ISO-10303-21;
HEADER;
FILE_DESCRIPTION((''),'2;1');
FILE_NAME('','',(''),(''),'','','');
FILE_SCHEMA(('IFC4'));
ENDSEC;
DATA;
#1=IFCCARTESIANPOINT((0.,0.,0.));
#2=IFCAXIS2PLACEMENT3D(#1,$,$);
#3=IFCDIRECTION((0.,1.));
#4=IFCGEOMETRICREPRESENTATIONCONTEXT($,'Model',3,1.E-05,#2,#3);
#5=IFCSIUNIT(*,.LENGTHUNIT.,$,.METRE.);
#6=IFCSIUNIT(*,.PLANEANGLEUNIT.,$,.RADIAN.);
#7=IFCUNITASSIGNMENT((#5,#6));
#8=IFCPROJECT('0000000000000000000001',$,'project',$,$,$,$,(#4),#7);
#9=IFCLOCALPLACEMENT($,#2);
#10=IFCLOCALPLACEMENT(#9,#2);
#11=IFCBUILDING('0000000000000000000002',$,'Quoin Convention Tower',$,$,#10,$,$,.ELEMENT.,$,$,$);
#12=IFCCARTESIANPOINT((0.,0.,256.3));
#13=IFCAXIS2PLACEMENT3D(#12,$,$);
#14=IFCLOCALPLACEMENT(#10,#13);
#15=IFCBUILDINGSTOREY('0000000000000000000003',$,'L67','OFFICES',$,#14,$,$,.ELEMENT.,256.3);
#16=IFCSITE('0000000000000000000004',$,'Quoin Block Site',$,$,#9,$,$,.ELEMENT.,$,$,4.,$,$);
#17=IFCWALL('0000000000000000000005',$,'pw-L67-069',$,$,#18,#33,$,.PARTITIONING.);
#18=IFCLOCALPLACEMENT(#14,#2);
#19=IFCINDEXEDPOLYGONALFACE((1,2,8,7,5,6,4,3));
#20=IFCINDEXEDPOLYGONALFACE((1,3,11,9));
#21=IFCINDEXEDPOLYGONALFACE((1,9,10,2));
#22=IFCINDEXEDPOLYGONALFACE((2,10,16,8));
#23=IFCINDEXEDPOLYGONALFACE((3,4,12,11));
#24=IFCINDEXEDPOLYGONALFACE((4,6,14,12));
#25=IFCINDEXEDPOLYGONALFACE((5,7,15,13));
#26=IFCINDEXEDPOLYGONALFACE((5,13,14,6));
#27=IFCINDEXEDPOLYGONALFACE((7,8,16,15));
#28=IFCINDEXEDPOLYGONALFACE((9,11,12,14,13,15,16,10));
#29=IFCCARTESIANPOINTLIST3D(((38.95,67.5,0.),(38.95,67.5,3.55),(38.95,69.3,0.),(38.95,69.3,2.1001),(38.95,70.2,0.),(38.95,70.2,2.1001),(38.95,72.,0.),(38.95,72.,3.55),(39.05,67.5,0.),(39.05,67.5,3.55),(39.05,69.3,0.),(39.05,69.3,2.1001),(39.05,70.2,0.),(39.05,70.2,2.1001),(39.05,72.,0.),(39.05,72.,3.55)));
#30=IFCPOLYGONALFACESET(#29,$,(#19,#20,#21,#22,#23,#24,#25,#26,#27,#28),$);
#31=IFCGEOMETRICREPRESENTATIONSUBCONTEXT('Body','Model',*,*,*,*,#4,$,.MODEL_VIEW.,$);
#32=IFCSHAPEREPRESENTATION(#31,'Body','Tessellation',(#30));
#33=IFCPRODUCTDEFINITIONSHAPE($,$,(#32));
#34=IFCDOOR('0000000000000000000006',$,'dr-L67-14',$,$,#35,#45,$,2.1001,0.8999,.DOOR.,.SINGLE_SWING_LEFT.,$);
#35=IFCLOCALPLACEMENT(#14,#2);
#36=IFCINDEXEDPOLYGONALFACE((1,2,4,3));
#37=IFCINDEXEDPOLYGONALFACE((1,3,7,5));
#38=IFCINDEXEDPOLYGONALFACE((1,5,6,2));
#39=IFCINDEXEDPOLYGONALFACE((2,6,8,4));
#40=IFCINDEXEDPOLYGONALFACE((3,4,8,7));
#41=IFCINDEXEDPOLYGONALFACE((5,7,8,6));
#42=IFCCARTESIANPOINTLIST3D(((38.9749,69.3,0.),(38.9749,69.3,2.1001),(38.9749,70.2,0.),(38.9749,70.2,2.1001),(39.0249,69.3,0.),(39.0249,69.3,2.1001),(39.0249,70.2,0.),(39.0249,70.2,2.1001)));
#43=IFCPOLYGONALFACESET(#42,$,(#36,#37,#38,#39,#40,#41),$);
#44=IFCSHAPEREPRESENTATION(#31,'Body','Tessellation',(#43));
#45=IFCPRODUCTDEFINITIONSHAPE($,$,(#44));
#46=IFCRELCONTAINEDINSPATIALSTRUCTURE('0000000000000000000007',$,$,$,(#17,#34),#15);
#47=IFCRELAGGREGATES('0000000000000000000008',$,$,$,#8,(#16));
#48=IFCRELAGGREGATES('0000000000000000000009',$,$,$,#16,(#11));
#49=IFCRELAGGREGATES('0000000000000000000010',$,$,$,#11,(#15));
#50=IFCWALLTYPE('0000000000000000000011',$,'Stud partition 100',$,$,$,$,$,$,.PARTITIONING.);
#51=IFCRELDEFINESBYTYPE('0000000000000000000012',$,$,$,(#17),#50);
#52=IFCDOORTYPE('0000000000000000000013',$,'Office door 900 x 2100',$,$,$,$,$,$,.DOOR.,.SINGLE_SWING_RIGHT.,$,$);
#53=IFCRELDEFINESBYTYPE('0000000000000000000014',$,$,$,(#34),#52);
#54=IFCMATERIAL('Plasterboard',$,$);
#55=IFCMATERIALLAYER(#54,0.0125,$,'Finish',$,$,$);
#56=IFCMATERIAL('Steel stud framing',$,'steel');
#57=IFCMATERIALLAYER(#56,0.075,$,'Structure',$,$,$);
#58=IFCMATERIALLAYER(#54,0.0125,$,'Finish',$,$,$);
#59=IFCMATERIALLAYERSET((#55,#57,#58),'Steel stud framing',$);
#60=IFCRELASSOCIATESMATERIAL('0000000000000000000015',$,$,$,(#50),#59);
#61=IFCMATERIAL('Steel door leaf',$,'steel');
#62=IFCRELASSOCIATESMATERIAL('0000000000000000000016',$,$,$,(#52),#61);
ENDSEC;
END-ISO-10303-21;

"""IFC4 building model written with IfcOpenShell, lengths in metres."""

from ifc_helpers import new_model, si_unit, direction, frame, frame_2d, origin, place, context, subcontext, project, spatial, rectangle, extrude, material, layer, layer_set, type_object, element, fill, save


model = new_model("IFC4")

# Units and contexts
model_context = context("Model", 3, precision=1e-05, world=origin(), true_north=direction((0.0, 1.0)))
body_context = subcontext(model_context, "Body", "Model", "MODEL_VIEW")
ifc_project = project(units=[si_unit("LENGTHUNIT", "METRE"), si_unit("PLANEANGLEUNIT", "RADIAN")], contexts=[model_context])

# Site, building, storey
site_placement = place(None, origin())
site = spatial("IfcSite", under=ifc_project, at=site_placement, Name="Quoin Block Site", CompositionType="ELEMENT", RefElevation=4.0)
building_placement = place(site_placement, origin())
building = spatial("IfcBuilding", under=site, at=building_placement, Name="Quoin Convention Tower", CompositionType="ELEMENT")
storey_placement = place(building_placement, frame((0.0, 0.0, 256.3)))
storey = spatial("IfcBuildingStorey", under=building, at=storey_placement, Name="L67", Description="OFFICES", CompositionType="ELEMENT", Elevation=256.3)

# Shared definitions
ifc_material_1 = material(Name="Plasterboard")
ifc_material_2 = material(Name="Steel stud framing", Category="steel")
ifc_material_3 = material(Name="Steel door leaf", Category="steel")

# Shared definitions
ifc_layer_1 = layer(ifc_material_1, 0.0125, Name="Finish")
ifc_layer_2 = layer(ifc_material_2, 0.075, Name="Structure")
ifc_layer_3 = layer(ifc_material_1, 0.0125, Name="Finish")
ifc_layer_set_1 = layer_set([ifc_layer_1, ifc_layer_2, ifc_layer_3], Name="Steel stud framing")
wall_type_1 = type_object("IfcWallType", Name="Stud partition 100", PredefinedType="PARTITIONING", material=ifc_layer_set_1)

# Wall, opening, door
door_type_1 = type_object("IfcDoorType", Name="Office door 900 x 2100", OperationType="SINGLE_SWING_RIGHT", PredefinedType="DOOR", material=ifc_material_3)
wall_1_placement = place(storey_placement, frame((39.0, 67.5, 0.0), z_axis=(0.0, 0.0, 1.0), x_axis=(0.0, 1.0, 0.0)))
wall_1 = element("IfcWall", 1, at=wall_1_placement, inside=storey, type_object=wall_type_1, Name="pw-L67-069", PredefinedType="PARTITIONING", context=body_context, shape_type="SweptSolid", body=[
    extrude(rectangle(XDim=4.5, YDim=0.1001, at=frame_2d((2.25, 0.0))), origin(), (0.0, 0.0, 1.0), 3.55),
])
opening_1_placement = place(wall_1_placement, frame((1.8, 0.0, 0.0)))
opening_1 = element("IfcOpeningElement", 2, at=opening_1_placement, cuts=wall_1, PredefinedType="OPENING", context=body_context, shape_type="SweptSolid", body=[
    extrude(rectangle(XDim=0.8999, YDim=2.1001, at=frame_2d((0.45, 1.05))), frame((0.0, 0.0601, 0.0), z_axis=(0.0, -1.0, 0.0), x_axis=(1.0, 0.0, 0.0)), (0.0, 0.0, 1.0), 0.1201),
])
door_1_placement = place(opening_1_placement, frame((0.8999, 0.0, 0.0), z_axis=(0.0, 0.0, 1.0), x_axis=(-1.0, 0.0, 0.0)))
door_1 = element("IfcDoor", 3, at=door_1_placement, inside=storey, type_object=door_type_1, Name="dr-L67-14", OperationType="SINGLE_SWING_LEFT", OverallHeight=2.1001, OverallWidth=0.8999, PredefinedType="DOOR", context=body_context, shape_type="SweptSolid", body=[
    extrude(rectangle(XDim=0.8999, YDim=2.1001, at=frame_2d((0.45, 1.05))), frame((0.0, 0.0249, 0.0), z_axis=(0.0, -1.0, 0.0), x_axis=(1.0, 0.0, 0.0)), (0.0, 0.0, 1.0), 0.05),
])
fill(opening_1, door_1)

save(model, "model.ifc")
